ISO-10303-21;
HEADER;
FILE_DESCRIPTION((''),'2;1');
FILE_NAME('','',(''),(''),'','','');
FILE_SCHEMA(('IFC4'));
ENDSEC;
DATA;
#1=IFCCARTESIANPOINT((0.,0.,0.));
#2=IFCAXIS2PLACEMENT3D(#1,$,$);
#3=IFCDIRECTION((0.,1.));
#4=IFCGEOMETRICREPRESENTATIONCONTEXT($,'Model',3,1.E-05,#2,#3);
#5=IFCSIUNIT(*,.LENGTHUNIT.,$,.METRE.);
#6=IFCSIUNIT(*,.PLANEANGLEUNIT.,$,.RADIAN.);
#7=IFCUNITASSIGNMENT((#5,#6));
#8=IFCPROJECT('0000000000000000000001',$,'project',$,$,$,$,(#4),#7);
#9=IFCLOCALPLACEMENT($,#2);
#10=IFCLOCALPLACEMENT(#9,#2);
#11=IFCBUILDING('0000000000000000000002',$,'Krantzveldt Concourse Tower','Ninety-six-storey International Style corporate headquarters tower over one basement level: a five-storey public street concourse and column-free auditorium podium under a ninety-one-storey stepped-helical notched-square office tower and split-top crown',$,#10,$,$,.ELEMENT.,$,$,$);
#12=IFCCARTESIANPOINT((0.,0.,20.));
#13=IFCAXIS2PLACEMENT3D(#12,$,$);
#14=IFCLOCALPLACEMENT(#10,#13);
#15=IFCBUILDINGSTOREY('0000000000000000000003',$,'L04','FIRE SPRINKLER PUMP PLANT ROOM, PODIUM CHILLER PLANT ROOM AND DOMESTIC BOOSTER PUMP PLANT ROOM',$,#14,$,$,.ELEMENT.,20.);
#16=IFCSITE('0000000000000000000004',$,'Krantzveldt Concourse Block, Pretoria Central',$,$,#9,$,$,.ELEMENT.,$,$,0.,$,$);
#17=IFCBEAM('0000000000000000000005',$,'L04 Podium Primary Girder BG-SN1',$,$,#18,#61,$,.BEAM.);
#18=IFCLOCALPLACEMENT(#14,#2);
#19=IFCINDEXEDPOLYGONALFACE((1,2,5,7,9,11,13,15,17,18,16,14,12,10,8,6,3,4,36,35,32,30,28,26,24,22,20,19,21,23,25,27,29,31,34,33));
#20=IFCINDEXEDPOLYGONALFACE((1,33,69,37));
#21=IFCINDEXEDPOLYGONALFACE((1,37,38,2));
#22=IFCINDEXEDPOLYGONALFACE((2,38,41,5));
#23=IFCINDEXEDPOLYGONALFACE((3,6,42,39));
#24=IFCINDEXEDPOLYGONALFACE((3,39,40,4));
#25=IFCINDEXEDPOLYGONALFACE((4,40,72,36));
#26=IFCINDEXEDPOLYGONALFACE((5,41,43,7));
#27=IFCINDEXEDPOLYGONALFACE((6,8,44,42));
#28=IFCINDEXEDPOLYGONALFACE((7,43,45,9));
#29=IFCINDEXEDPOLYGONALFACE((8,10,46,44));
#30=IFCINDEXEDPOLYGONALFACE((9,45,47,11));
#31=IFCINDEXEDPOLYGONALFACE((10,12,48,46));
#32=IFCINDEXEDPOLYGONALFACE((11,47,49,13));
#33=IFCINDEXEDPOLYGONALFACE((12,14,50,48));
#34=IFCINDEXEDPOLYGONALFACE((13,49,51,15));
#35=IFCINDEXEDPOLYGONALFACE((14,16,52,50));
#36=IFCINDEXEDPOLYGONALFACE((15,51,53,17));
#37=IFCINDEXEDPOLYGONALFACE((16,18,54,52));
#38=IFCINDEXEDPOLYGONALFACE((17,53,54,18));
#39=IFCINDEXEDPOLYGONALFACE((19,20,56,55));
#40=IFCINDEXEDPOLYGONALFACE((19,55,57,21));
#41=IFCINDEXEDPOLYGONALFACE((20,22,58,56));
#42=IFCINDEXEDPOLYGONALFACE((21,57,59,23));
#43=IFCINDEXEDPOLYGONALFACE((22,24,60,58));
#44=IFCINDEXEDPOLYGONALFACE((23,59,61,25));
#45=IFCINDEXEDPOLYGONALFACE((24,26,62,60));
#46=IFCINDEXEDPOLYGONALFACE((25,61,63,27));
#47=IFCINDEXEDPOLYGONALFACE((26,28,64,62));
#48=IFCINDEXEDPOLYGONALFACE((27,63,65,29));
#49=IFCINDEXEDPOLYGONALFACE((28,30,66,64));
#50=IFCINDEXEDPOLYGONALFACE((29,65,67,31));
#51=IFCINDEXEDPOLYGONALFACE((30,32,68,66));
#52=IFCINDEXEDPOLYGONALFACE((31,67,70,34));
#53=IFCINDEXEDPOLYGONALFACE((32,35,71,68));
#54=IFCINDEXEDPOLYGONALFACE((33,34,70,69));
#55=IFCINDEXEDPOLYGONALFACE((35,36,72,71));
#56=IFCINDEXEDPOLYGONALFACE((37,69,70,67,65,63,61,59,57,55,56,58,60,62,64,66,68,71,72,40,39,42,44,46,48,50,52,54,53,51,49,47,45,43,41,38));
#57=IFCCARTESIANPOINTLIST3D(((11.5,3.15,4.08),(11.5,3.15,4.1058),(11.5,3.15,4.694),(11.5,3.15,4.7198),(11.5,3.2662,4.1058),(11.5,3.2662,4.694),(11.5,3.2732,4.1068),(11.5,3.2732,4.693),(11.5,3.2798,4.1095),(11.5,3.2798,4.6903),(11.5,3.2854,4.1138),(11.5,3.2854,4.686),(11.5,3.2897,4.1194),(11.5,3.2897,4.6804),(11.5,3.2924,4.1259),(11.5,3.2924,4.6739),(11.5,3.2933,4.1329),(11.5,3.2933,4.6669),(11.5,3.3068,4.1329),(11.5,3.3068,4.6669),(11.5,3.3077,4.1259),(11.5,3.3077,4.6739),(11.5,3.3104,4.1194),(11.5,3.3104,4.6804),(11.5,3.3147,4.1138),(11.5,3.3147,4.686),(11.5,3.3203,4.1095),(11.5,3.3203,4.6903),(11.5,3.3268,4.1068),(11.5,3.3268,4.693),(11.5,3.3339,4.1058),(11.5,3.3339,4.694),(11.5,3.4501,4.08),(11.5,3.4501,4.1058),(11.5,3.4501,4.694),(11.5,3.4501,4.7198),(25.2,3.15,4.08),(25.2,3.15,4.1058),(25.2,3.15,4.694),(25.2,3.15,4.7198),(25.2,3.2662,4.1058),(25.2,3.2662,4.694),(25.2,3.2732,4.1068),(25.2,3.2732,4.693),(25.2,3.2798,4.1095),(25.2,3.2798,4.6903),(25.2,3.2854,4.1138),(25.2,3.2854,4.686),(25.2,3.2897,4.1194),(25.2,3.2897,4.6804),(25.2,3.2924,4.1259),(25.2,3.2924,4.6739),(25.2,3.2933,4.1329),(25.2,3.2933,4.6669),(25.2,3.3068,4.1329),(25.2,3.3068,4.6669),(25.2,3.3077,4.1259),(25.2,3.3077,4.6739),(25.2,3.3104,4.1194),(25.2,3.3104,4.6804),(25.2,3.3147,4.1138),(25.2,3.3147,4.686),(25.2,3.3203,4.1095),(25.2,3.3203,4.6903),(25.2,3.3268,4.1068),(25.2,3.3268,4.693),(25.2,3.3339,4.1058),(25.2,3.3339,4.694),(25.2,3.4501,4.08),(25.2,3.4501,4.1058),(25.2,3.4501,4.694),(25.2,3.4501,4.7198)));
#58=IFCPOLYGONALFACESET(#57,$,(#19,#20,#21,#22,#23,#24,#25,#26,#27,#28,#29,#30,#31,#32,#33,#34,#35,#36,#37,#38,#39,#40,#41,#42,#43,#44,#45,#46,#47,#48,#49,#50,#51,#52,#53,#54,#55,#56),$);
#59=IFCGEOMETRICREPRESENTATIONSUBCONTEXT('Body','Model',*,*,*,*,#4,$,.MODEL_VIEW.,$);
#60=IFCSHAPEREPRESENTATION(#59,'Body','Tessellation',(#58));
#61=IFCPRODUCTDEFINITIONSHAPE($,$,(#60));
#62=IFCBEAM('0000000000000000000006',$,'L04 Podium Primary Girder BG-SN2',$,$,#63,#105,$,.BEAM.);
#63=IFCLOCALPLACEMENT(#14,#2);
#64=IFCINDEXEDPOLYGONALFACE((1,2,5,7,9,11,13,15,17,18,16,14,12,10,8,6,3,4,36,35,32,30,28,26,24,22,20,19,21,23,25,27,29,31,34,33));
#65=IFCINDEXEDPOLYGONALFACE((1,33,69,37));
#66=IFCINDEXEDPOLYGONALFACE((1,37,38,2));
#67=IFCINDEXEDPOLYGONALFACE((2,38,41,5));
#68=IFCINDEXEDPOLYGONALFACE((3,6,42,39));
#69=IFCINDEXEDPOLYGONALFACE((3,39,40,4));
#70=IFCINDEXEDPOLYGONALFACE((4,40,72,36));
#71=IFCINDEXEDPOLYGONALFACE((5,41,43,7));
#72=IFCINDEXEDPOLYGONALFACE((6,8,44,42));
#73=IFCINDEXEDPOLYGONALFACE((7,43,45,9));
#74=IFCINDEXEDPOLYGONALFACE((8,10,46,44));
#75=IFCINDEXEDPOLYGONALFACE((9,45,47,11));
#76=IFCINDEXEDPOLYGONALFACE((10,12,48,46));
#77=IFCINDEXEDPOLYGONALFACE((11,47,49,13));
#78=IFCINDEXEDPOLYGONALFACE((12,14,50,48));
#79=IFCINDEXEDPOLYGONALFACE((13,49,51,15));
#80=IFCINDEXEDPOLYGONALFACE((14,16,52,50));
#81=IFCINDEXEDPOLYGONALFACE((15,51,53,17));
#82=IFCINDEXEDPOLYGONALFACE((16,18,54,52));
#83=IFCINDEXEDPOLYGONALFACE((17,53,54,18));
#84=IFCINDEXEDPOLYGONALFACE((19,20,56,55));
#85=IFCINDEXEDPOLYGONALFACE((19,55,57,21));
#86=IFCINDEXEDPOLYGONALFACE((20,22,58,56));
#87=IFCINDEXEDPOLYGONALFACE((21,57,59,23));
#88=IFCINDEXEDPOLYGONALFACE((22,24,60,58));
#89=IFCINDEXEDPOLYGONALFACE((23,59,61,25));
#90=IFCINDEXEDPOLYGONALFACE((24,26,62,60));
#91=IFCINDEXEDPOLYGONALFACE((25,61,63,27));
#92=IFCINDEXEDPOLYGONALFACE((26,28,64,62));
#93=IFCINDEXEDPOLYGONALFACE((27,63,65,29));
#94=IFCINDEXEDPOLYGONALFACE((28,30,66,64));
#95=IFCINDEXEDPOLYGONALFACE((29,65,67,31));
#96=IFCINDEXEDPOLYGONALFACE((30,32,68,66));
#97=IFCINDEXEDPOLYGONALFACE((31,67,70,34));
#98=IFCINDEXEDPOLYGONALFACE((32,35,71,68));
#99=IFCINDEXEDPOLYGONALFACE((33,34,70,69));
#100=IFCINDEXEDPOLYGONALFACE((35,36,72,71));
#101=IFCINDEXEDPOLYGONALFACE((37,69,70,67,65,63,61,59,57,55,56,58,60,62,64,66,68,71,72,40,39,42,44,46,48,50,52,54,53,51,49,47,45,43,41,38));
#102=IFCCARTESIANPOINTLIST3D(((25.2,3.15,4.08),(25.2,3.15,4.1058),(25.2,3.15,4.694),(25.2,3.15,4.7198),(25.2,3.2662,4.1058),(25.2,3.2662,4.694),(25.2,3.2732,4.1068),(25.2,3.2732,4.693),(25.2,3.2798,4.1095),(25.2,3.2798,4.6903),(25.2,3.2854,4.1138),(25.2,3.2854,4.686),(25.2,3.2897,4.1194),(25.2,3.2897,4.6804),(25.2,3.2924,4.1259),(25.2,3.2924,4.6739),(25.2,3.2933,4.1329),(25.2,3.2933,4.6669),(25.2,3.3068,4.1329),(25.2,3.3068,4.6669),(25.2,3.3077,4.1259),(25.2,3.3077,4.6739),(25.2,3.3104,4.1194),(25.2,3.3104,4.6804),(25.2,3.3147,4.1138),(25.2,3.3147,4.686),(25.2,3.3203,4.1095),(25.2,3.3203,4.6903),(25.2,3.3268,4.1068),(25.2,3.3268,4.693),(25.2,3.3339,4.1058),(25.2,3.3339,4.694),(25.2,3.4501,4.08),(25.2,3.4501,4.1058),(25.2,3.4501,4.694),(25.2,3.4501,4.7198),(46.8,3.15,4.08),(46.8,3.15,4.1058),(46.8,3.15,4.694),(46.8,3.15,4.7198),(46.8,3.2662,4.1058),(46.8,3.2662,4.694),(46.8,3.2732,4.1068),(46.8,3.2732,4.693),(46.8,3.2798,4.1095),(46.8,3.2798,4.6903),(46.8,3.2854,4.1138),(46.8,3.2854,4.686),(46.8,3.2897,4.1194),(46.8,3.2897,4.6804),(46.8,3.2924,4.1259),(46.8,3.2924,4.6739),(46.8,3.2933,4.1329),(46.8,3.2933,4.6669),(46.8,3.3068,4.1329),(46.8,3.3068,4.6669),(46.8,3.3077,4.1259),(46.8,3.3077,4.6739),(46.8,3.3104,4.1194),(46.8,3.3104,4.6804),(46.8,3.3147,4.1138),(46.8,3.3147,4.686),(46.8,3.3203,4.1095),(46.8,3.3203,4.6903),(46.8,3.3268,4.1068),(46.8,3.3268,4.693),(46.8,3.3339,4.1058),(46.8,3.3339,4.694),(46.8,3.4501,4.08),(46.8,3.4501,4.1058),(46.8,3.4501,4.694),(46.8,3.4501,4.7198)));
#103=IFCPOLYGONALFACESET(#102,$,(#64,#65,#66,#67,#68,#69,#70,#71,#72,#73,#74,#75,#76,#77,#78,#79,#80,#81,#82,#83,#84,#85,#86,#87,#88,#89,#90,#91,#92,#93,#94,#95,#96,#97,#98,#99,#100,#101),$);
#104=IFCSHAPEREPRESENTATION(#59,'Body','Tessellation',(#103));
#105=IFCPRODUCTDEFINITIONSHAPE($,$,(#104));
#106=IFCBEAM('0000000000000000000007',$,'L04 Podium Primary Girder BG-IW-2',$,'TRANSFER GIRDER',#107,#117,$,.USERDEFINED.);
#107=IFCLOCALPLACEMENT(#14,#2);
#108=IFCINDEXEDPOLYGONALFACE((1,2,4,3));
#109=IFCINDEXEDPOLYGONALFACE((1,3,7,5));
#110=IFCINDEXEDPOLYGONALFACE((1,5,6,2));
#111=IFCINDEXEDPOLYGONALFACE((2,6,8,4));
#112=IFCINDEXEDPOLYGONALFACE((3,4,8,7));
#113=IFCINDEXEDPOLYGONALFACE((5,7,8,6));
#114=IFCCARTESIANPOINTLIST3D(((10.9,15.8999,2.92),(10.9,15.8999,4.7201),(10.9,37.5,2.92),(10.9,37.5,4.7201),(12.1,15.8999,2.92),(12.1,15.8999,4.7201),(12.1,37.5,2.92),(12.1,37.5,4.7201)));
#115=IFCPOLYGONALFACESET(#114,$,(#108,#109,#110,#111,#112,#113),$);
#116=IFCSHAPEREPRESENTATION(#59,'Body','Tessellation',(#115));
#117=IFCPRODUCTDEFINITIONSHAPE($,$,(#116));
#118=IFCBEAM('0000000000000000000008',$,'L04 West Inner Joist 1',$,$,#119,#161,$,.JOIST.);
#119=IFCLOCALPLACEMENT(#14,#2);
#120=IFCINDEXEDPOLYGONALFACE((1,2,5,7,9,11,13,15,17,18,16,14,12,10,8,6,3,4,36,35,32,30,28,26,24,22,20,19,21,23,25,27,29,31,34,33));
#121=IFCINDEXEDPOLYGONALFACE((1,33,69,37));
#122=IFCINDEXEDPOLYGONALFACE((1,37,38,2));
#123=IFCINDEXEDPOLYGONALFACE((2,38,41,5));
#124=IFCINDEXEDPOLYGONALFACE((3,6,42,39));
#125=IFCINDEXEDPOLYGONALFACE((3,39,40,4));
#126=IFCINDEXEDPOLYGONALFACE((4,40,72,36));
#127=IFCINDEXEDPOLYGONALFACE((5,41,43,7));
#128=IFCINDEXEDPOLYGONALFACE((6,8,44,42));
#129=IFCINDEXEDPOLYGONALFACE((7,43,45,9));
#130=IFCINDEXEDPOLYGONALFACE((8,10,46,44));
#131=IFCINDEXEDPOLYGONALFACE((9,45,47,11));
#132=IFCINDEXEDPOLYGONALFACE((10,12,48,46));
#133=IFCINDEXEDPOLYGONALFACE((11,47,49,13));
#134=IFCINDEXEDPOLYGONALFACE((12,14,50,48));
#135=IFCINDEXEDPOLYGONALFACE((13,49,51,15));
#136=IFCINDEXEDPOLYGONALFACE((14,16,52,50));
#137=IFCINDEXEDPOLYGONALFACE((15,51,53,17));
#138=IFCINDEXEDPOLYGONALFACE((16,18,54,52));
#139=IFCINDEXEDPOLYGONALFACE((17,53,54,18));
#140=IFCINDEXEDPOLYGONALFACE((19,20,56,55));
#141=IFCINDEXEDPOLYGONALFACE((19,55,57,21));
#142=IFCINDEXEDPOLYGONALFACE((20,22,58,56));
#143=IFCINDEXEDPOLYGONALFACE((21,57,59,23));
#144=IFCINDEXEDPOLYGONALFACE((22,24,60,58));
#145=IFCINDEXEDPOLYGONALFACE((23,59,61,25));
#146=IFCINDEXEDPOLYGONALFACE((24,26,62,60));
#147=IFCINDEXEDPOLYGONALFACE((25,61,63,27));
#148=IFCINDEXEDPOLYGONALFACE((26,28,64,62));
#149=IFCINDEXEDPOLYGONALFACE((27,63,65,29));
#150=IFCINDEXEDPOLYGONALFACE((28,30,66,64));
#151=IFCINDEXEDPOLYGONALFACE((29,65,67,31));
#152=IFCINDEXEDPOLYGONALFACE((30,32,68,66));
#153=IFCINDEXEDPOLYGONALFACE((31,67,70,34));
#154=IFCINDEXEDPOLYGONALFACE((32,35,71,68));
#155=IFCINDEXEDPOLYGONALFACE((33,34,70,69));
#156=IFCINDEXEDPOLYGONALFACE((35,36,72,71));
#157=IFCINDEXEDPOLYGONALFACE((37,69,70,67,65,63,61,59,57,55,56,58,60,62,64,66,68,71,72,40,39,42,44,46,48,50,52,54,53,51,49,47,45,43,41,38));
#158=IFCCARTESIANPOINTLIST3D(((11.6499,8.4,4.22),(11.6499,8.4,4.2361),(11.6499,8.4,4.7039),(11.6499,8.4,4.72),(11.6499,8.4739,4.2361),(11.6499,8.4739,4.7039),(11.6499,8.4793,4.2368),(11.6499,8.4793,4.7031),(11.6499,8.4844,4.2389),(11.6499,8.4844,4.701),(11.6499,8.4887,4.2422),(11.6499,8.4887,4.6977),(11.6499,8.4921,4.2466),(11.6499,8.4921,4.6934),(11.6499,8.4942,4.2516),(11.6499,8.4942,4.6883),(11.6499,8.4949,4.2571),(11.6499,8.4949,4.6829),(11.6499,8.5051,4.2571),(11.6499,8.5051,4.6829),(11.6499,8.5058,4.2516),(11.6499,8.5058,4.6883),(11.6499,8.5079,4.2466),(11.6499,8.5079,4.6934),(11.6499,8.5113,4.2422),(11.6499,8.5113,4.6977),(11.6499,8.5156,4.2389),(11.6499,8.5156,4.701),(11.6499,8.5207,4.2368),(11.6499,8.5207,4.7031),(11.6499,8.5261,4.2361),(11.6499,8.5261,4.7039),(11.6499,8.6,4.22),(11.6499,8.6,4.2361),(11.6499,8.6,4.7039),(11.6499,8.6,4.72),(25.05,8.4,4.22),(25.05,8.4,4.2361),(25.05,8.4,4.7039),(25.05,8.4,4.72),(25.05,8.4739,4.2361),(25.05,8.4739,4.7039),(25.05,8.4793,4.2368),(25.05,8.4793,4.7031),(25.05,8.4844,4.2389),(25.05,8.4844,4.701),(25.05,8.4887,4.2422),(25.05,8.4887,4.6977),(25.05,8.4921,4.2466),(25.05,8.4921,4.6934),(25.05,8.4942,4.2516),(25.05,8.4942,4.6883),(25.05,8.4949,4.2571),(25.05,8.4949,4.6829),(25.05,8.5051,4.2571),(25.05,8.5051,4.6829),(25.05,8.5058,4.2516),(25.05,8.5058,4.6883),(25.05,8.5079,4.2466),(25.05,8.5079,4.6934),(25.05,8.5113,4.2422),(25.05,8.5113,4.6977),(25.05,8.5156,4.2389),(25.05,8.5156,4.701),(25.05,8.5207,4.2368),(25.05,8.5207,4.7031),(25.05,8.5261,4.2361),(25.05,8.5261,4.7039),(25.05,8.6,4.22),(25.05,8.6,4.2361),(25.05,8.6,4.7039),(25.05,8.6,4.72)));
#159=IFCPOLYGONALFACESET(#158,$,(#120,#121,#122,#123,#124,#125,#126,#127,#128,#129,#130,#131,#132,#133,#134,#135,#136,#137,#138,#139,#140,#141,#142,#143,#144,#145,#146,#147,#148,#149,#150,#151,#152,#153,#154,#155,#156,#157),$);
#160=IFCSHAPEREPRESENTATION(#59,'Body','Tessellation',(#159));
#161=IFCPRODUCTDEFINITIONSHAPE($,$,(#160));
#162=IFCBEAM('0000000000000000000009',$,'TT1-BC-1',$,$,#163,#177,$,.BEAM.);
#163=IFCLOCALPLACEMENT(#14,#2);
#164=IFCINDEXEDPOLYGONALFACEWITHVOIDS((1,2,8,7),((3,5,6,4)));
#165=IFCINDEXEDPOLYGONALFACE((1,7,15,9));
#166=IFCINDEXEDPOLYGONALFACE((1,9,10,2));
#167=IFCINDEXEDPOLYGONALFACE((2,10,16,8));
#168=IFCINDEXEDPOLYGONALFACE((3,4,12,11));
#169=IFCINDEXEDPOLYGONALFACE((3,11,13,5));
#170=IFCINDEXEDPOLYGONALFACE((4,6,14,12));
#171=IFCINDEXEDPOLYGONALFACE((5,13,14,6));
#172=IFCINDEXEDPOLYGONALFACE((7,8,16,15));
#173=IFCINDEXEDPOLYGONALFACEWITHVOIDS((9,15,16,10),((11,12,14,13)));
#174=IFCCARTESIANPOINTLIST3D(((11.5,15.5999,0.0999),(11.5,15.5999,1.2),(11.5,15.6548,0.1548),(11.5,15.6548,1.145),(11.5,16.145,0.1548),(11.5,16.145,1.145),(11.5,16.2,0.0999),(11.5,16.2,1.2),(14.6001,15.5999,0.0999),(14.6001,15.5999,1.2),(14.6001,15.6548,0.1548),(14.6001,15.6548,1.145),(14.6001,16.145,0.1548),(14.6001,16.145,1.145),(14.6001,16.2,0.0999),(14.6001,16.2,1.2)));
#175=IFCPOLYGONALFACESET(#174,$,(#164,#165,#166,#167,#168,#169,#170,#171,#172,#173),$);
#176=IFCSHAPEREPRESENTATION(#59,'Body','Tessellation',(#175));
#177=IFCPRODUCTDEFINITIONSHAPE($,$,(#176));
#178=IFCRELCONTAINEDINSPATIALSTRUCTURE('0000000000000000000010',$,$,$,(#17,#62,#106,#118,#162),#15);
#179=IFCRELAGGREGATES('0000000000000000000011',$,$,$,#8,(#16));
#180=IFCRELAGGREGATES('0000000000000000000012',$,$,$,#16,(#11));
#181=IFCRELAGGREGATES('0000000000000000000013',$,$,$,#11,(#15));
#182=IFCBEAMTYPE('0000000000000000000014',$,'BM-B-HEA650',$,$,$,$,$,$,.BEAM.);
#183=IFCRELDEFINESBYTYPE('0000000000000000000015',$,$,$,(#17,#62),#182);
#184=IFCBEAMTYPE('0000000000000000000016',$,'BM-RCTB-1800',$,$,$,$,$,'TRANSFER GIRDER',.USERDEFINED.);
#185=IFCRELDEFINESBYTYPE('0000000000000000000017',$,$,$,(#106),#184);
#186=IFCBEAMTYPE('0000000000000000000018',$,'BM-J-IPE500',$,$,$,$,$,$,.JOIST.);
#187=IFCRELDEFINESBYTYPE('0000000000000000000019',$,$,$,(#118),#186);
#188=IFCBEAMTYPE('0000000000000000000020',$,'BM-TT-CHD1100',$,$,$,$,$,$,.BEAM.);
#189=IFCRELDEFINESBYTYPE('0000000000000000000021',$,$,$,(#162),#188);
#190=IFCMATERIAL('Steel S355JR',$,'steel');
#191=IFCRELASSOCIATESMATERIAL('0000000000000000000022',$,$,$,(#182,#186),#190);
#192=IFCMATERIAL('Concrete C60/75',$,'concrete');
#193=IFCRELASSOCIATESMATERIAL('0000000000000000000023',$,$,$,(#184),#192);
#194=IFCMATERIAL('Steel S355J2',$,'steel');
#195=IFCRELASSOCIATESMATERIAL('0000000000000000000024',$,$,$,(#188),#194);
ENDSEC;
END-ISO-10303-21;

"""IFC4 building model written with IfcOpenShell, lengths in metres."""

from ifc_helpers import new_model, si_unit, direction, frame, origin, origin_2d, place, context, subcontext, project, spatial, rectangle, hollow_rectangle, i_section, extrude, source, transform, mapped, material, material_profile, profile_set, type_object, type_shapes, element, save


model = new_model("IFC4")

# Units and contexts
model_context = context("Model", 3, precision=1e-05, world=origin(), true_north=direction((0.0, 1.0)))
body_context = subcontext(model_context, "Body", "Model", "MODEL_VIEW")
ifc_project = project(units=[si_unit("LENGTHUNIT", "METRE"), si_unit("PLANEANGLEUNIT", "RADIAN")], contexts=[model_context])

# Site, building, storey
site_placement = place(None, origin())
site = spatial("IfcSite", under=ifc_project, at=site_placement, Name="Krantzveldt Concourse Block, Pretoria Central", CompositionType="ELEMENT", RefElevation=0.0)
building_placement = place(site_placement, origin())
building = spatial("IfcBuilding", under=site, at=building_placement, Name="Krantzveldt Concourse Tower", Description="Ninety-six-storey International Style corporate headquarters tower over one basement level: a five-storey public street concourse and column-free auditorium podium under a ninety-one-storey stepped-helical notched-square office tower and split-top crown", CompositionType="ELEMENT")
storey_placement = place(building_placement, frame((0.0, 0.0, 20.0)))
storey = spatial("IfcBuildingStorey", under=building, at=storey_placement, Name="L04", Description="FIRE SPRINKLER PUMP PLANT ROOM, PODIUM CHILLER PLANT ROOM AND DOMESTIC BOOSTER PUMP PLANT ROOM", CompositionType="ELEMENT", Elevation=20.0)

# Beams
ifc_material_1 = material(Name="Steel S355JR", Category="steel")
ifc_material_profile_1 = material_profile(ifc_material_1, i_section(OverallWidth=0.3, OverallDepth=0.6399, WebThickness=0.0134, FlangeThickness=0.0259, FilletRadius=0.0271, at=origin_2d()), Name="Steel S355JR", Category="steel")
ifc_profile_set_1 = profile_set([ifc_material_profile_1], Name="Steel S355JR - HEA 650")
beam_type_1 = type_object("IfcBeamType", Name="BM-B-HEA650", PredefinedType="BEAM", material=ifc_profile_set_1)
shared_shape_1 = source(origin(), body_context, "Body", "SweptSolid", [
    extrude(i_section(OverallWidth=0.3, OverallDepth=0.6399, WebThickness=0.0134, FlangeThickness=0.0259, FilletRadius=0.0271, at=origin_2d()), origin(), (0.0, 0.0, 1.0), 13.7),
])
beam_1_placement = place(storey_placement, frame((11.5, 3.3, 4.3999), z_axis=(1.0, 0.0, 0.0), x_axis=(0.0, 1.0, 0.0)))
element("IfcBeam", 1, at=beam_1_placement, inside=storey, type_object=beam_type_1, Name="L04 Podium Primary Girder BG-SN1", PredefinedType="BEAM", context=body_context, shape_type="MappedRepresentation", body=[
    mapped(shared_shape_1, transform((0.0, 0.0, 0.0), x_axis=(1.0, 0.0, 0.0), y_axis=(0.0, 1.0, 0.0), z_axis=(0.0, 0.0, 1.0), scale=1.0)),
])
shared_shape_2 = source(origin(), body_context, "Body", "SweptSolid", [
    extrude(i_section(OverallWidth=0.3, OverallDepth=0.6399, WebThickness=0.0134, FlangeThickness=0.0259, FilletRadius=0.0271, at=origin_2d()), origin(), (0.0, 0.0, 1.0), 21.6001),
])
type_shapes(beam_type_1, [shared_shape_1, shared_shape_2])
beam_2_placement = place(storey_placement, frame((25.2, 3.3, 4.3999), z_axis=(1.0, 0.0, 0.0), x_axis=(0.0, 1.0, 0.0)))
element("IfcBeam", 2, at=beam_2_placement, inside=storey, type_object=beam_type_1, Name="L04 Podium Primary Girder BG-SN2", PredefinedType="BEAM", context=body_context, shape_type="MappedRepresentation", body=[
    mapped(shared_shape_2, transform((0.0, 0.0, 0.0), x_axis=(1.0, 0.0, 0.0), y_axis=(0.0, 1.0, 0.0), z_axis=(0.0, 0.0, 1.0), scale=1.0)),
])
ifc_material_2 = material(Name="Concrete C60/75", Category="concrete")
ifc_material_profile_2 = material_profile(ifc_material_2, rectangle(XDim=1.2, YDim=1.8, at=origin_2d()), Name="Concrete C60/75", Category="concrete")
ifc_profile_set_2 = profile_set([ifc_material_profile_2], Name="Concrete C60/75 - RC-TB 1200x1800")
beam_type_2 = type_object("IfcBeamType", Name="BM-RCTB-1800", ElementType="TRANSFER GIRDER", PredefinedType="USERDEFINED", material=ifc_profile_set_2)
shared_shape_3 = source(origin(), body_context, "Body", "SweptSolid", [
    extrude(rectangle(XDim=1.2, YDim=1.8, at=origin_2d()), origin(), (0.0, 0.0, 1.0), 21.6001),
])
type_shapes(beam_type_2, [shared_shape_3])
beam_3_placement = place(storey_placement, frame((11.5, 15.8999, 3.8201), z_axis=(0.0, 1.0, 0.0), x_axis=(-1.0, 0.0, 0.0)))
element("IfcBeam", 3, at=beam_3_placement, inside=storey, type_object=beam_type_2, Name="L04 Podium Primary Girder BG-IW-2", ObjectType="TRANSFER GIRDER", PredefinedType="USERDEFINED", context=body_context, shape_type="MappedRepresentation", body=[
    mapped(shared_shape_3, transform((0.0, 0.0, 0.0), x_axis=(1.0, 0.0, 0.0), y_axis=(0.0, 1.0, 0.0), z_axis=(0.0, 0.0, 1.0), scale=1.0)),
])
ifc_material_profile_3 = material_profile(ifc_material_1, i_section(OverallWidth=0.2, OverallDepth=0.5, WebThickness=0.0103, FlangeThickness=0.0161, FilletRadius=0.021, at=origin_2d()), Name="Steel S355JR", Category="steel")
ifc_profile_set_3 = profile_set([ifc_material_profile_3], Name="Steel S355JR - IPE 500")
beam_type_3 = type_object("IfcBeamType", Name="BM-J-IPE500", PredefinedType="JOIST", material=ifc_profile_set_3)
shared_shape_4 = source(origin(), body_context, "Body", "SweptSolid", [
    extrude(i_section(OverallWidth=0.2, OverallDepth=0.5, WebThickness=0.0103, FlangeThickness=0.0161, FilletRadius=0.021, at=origin_2d()), origin(), (0.0, 0.0, 1.0), 13.4001),
])
type_shapes(beam_type_3, [shared_shape_4])
beam_4_placement = place(storey_placement, frame((11.6499, 8.5, 4.47), z_axis=(1.0, 0.0, 0.0), x_axis=(0.0, 1.0, 0.0)))
element("IfcBeam", 4, at=beam_4_placement, inside=storey, type_object=beam_type_3, Name="L04 West Inner Joist 1", PredefinedType="JOIST", context=body_context, shape_type="MappedRepresentation", body=[
    mapped(shared_shape_4, transform((0.0, 0.0, 0.0), x_axis=(1.0, 0.0, 0.0), y_axis=(0.0, 1.0, 0.0), z_axis=(0.0, 0.0, 1.0), scale=1.0)),
])
ifc_material_3 = material(Name="Steel S355J2", Category="steel")
ifc_material_profile_4 = material_profile(ifc_material_3, hollow_rectangle(XDim=0.6001, YDim=1.1001, WallThickness=0.0549, at=origin_2d()), Name="Steel S355J2", Category="steel")
ifc_profile_set_4 = profile_set([ifc_material_profile_4], Name="Steel S355J2 - RHS 1100x600x55")
beam_type_4 = type_object("IfcBeamType", Name="BM-TT-CHD1100", PredefinedType="BEAM", material=ifc_profile_set_4)
shared_shape_5 = source(origin(), body_context, "Body", "SweptSolid", [
    extrude(hollow_rectangle(XDim=0.6001, YDim=1.1001, WallThickness=0.0549, at=origin_2d()), origin(), (0.0, 0.0, 1.0), 3.1001),
])
type_shapes(beam_type_4, [shared_shape_5])
for number, where, z_axis, x_axis, name in (
    (5, (11.5, 15.8999, 0.6499), (1.0, 0.0, 0.0), (0.0, 1.0, 0.0), "TT1-BC-1"),
):
    element("IfcBeam", number, at=place(storey_placement, frame(where, z_axis=z_axis, x_axis=x_axis)), inside=storey, type_object=beam_type_4, Name=name, PredefinedType="BEAM", context=body_context, shape_type="MappedRepresentation", body=[
        mapped(shared_shape_5, transform((0.0, 0.0, 0.0), x_axis=(1.0, 0.0, 0.0), y_axis=(0.0, 1.0, 0.0), z_axis=(0.0, 0.0, 1.0), scale=1.0)),
    ])

save(model, "model.ifc")
